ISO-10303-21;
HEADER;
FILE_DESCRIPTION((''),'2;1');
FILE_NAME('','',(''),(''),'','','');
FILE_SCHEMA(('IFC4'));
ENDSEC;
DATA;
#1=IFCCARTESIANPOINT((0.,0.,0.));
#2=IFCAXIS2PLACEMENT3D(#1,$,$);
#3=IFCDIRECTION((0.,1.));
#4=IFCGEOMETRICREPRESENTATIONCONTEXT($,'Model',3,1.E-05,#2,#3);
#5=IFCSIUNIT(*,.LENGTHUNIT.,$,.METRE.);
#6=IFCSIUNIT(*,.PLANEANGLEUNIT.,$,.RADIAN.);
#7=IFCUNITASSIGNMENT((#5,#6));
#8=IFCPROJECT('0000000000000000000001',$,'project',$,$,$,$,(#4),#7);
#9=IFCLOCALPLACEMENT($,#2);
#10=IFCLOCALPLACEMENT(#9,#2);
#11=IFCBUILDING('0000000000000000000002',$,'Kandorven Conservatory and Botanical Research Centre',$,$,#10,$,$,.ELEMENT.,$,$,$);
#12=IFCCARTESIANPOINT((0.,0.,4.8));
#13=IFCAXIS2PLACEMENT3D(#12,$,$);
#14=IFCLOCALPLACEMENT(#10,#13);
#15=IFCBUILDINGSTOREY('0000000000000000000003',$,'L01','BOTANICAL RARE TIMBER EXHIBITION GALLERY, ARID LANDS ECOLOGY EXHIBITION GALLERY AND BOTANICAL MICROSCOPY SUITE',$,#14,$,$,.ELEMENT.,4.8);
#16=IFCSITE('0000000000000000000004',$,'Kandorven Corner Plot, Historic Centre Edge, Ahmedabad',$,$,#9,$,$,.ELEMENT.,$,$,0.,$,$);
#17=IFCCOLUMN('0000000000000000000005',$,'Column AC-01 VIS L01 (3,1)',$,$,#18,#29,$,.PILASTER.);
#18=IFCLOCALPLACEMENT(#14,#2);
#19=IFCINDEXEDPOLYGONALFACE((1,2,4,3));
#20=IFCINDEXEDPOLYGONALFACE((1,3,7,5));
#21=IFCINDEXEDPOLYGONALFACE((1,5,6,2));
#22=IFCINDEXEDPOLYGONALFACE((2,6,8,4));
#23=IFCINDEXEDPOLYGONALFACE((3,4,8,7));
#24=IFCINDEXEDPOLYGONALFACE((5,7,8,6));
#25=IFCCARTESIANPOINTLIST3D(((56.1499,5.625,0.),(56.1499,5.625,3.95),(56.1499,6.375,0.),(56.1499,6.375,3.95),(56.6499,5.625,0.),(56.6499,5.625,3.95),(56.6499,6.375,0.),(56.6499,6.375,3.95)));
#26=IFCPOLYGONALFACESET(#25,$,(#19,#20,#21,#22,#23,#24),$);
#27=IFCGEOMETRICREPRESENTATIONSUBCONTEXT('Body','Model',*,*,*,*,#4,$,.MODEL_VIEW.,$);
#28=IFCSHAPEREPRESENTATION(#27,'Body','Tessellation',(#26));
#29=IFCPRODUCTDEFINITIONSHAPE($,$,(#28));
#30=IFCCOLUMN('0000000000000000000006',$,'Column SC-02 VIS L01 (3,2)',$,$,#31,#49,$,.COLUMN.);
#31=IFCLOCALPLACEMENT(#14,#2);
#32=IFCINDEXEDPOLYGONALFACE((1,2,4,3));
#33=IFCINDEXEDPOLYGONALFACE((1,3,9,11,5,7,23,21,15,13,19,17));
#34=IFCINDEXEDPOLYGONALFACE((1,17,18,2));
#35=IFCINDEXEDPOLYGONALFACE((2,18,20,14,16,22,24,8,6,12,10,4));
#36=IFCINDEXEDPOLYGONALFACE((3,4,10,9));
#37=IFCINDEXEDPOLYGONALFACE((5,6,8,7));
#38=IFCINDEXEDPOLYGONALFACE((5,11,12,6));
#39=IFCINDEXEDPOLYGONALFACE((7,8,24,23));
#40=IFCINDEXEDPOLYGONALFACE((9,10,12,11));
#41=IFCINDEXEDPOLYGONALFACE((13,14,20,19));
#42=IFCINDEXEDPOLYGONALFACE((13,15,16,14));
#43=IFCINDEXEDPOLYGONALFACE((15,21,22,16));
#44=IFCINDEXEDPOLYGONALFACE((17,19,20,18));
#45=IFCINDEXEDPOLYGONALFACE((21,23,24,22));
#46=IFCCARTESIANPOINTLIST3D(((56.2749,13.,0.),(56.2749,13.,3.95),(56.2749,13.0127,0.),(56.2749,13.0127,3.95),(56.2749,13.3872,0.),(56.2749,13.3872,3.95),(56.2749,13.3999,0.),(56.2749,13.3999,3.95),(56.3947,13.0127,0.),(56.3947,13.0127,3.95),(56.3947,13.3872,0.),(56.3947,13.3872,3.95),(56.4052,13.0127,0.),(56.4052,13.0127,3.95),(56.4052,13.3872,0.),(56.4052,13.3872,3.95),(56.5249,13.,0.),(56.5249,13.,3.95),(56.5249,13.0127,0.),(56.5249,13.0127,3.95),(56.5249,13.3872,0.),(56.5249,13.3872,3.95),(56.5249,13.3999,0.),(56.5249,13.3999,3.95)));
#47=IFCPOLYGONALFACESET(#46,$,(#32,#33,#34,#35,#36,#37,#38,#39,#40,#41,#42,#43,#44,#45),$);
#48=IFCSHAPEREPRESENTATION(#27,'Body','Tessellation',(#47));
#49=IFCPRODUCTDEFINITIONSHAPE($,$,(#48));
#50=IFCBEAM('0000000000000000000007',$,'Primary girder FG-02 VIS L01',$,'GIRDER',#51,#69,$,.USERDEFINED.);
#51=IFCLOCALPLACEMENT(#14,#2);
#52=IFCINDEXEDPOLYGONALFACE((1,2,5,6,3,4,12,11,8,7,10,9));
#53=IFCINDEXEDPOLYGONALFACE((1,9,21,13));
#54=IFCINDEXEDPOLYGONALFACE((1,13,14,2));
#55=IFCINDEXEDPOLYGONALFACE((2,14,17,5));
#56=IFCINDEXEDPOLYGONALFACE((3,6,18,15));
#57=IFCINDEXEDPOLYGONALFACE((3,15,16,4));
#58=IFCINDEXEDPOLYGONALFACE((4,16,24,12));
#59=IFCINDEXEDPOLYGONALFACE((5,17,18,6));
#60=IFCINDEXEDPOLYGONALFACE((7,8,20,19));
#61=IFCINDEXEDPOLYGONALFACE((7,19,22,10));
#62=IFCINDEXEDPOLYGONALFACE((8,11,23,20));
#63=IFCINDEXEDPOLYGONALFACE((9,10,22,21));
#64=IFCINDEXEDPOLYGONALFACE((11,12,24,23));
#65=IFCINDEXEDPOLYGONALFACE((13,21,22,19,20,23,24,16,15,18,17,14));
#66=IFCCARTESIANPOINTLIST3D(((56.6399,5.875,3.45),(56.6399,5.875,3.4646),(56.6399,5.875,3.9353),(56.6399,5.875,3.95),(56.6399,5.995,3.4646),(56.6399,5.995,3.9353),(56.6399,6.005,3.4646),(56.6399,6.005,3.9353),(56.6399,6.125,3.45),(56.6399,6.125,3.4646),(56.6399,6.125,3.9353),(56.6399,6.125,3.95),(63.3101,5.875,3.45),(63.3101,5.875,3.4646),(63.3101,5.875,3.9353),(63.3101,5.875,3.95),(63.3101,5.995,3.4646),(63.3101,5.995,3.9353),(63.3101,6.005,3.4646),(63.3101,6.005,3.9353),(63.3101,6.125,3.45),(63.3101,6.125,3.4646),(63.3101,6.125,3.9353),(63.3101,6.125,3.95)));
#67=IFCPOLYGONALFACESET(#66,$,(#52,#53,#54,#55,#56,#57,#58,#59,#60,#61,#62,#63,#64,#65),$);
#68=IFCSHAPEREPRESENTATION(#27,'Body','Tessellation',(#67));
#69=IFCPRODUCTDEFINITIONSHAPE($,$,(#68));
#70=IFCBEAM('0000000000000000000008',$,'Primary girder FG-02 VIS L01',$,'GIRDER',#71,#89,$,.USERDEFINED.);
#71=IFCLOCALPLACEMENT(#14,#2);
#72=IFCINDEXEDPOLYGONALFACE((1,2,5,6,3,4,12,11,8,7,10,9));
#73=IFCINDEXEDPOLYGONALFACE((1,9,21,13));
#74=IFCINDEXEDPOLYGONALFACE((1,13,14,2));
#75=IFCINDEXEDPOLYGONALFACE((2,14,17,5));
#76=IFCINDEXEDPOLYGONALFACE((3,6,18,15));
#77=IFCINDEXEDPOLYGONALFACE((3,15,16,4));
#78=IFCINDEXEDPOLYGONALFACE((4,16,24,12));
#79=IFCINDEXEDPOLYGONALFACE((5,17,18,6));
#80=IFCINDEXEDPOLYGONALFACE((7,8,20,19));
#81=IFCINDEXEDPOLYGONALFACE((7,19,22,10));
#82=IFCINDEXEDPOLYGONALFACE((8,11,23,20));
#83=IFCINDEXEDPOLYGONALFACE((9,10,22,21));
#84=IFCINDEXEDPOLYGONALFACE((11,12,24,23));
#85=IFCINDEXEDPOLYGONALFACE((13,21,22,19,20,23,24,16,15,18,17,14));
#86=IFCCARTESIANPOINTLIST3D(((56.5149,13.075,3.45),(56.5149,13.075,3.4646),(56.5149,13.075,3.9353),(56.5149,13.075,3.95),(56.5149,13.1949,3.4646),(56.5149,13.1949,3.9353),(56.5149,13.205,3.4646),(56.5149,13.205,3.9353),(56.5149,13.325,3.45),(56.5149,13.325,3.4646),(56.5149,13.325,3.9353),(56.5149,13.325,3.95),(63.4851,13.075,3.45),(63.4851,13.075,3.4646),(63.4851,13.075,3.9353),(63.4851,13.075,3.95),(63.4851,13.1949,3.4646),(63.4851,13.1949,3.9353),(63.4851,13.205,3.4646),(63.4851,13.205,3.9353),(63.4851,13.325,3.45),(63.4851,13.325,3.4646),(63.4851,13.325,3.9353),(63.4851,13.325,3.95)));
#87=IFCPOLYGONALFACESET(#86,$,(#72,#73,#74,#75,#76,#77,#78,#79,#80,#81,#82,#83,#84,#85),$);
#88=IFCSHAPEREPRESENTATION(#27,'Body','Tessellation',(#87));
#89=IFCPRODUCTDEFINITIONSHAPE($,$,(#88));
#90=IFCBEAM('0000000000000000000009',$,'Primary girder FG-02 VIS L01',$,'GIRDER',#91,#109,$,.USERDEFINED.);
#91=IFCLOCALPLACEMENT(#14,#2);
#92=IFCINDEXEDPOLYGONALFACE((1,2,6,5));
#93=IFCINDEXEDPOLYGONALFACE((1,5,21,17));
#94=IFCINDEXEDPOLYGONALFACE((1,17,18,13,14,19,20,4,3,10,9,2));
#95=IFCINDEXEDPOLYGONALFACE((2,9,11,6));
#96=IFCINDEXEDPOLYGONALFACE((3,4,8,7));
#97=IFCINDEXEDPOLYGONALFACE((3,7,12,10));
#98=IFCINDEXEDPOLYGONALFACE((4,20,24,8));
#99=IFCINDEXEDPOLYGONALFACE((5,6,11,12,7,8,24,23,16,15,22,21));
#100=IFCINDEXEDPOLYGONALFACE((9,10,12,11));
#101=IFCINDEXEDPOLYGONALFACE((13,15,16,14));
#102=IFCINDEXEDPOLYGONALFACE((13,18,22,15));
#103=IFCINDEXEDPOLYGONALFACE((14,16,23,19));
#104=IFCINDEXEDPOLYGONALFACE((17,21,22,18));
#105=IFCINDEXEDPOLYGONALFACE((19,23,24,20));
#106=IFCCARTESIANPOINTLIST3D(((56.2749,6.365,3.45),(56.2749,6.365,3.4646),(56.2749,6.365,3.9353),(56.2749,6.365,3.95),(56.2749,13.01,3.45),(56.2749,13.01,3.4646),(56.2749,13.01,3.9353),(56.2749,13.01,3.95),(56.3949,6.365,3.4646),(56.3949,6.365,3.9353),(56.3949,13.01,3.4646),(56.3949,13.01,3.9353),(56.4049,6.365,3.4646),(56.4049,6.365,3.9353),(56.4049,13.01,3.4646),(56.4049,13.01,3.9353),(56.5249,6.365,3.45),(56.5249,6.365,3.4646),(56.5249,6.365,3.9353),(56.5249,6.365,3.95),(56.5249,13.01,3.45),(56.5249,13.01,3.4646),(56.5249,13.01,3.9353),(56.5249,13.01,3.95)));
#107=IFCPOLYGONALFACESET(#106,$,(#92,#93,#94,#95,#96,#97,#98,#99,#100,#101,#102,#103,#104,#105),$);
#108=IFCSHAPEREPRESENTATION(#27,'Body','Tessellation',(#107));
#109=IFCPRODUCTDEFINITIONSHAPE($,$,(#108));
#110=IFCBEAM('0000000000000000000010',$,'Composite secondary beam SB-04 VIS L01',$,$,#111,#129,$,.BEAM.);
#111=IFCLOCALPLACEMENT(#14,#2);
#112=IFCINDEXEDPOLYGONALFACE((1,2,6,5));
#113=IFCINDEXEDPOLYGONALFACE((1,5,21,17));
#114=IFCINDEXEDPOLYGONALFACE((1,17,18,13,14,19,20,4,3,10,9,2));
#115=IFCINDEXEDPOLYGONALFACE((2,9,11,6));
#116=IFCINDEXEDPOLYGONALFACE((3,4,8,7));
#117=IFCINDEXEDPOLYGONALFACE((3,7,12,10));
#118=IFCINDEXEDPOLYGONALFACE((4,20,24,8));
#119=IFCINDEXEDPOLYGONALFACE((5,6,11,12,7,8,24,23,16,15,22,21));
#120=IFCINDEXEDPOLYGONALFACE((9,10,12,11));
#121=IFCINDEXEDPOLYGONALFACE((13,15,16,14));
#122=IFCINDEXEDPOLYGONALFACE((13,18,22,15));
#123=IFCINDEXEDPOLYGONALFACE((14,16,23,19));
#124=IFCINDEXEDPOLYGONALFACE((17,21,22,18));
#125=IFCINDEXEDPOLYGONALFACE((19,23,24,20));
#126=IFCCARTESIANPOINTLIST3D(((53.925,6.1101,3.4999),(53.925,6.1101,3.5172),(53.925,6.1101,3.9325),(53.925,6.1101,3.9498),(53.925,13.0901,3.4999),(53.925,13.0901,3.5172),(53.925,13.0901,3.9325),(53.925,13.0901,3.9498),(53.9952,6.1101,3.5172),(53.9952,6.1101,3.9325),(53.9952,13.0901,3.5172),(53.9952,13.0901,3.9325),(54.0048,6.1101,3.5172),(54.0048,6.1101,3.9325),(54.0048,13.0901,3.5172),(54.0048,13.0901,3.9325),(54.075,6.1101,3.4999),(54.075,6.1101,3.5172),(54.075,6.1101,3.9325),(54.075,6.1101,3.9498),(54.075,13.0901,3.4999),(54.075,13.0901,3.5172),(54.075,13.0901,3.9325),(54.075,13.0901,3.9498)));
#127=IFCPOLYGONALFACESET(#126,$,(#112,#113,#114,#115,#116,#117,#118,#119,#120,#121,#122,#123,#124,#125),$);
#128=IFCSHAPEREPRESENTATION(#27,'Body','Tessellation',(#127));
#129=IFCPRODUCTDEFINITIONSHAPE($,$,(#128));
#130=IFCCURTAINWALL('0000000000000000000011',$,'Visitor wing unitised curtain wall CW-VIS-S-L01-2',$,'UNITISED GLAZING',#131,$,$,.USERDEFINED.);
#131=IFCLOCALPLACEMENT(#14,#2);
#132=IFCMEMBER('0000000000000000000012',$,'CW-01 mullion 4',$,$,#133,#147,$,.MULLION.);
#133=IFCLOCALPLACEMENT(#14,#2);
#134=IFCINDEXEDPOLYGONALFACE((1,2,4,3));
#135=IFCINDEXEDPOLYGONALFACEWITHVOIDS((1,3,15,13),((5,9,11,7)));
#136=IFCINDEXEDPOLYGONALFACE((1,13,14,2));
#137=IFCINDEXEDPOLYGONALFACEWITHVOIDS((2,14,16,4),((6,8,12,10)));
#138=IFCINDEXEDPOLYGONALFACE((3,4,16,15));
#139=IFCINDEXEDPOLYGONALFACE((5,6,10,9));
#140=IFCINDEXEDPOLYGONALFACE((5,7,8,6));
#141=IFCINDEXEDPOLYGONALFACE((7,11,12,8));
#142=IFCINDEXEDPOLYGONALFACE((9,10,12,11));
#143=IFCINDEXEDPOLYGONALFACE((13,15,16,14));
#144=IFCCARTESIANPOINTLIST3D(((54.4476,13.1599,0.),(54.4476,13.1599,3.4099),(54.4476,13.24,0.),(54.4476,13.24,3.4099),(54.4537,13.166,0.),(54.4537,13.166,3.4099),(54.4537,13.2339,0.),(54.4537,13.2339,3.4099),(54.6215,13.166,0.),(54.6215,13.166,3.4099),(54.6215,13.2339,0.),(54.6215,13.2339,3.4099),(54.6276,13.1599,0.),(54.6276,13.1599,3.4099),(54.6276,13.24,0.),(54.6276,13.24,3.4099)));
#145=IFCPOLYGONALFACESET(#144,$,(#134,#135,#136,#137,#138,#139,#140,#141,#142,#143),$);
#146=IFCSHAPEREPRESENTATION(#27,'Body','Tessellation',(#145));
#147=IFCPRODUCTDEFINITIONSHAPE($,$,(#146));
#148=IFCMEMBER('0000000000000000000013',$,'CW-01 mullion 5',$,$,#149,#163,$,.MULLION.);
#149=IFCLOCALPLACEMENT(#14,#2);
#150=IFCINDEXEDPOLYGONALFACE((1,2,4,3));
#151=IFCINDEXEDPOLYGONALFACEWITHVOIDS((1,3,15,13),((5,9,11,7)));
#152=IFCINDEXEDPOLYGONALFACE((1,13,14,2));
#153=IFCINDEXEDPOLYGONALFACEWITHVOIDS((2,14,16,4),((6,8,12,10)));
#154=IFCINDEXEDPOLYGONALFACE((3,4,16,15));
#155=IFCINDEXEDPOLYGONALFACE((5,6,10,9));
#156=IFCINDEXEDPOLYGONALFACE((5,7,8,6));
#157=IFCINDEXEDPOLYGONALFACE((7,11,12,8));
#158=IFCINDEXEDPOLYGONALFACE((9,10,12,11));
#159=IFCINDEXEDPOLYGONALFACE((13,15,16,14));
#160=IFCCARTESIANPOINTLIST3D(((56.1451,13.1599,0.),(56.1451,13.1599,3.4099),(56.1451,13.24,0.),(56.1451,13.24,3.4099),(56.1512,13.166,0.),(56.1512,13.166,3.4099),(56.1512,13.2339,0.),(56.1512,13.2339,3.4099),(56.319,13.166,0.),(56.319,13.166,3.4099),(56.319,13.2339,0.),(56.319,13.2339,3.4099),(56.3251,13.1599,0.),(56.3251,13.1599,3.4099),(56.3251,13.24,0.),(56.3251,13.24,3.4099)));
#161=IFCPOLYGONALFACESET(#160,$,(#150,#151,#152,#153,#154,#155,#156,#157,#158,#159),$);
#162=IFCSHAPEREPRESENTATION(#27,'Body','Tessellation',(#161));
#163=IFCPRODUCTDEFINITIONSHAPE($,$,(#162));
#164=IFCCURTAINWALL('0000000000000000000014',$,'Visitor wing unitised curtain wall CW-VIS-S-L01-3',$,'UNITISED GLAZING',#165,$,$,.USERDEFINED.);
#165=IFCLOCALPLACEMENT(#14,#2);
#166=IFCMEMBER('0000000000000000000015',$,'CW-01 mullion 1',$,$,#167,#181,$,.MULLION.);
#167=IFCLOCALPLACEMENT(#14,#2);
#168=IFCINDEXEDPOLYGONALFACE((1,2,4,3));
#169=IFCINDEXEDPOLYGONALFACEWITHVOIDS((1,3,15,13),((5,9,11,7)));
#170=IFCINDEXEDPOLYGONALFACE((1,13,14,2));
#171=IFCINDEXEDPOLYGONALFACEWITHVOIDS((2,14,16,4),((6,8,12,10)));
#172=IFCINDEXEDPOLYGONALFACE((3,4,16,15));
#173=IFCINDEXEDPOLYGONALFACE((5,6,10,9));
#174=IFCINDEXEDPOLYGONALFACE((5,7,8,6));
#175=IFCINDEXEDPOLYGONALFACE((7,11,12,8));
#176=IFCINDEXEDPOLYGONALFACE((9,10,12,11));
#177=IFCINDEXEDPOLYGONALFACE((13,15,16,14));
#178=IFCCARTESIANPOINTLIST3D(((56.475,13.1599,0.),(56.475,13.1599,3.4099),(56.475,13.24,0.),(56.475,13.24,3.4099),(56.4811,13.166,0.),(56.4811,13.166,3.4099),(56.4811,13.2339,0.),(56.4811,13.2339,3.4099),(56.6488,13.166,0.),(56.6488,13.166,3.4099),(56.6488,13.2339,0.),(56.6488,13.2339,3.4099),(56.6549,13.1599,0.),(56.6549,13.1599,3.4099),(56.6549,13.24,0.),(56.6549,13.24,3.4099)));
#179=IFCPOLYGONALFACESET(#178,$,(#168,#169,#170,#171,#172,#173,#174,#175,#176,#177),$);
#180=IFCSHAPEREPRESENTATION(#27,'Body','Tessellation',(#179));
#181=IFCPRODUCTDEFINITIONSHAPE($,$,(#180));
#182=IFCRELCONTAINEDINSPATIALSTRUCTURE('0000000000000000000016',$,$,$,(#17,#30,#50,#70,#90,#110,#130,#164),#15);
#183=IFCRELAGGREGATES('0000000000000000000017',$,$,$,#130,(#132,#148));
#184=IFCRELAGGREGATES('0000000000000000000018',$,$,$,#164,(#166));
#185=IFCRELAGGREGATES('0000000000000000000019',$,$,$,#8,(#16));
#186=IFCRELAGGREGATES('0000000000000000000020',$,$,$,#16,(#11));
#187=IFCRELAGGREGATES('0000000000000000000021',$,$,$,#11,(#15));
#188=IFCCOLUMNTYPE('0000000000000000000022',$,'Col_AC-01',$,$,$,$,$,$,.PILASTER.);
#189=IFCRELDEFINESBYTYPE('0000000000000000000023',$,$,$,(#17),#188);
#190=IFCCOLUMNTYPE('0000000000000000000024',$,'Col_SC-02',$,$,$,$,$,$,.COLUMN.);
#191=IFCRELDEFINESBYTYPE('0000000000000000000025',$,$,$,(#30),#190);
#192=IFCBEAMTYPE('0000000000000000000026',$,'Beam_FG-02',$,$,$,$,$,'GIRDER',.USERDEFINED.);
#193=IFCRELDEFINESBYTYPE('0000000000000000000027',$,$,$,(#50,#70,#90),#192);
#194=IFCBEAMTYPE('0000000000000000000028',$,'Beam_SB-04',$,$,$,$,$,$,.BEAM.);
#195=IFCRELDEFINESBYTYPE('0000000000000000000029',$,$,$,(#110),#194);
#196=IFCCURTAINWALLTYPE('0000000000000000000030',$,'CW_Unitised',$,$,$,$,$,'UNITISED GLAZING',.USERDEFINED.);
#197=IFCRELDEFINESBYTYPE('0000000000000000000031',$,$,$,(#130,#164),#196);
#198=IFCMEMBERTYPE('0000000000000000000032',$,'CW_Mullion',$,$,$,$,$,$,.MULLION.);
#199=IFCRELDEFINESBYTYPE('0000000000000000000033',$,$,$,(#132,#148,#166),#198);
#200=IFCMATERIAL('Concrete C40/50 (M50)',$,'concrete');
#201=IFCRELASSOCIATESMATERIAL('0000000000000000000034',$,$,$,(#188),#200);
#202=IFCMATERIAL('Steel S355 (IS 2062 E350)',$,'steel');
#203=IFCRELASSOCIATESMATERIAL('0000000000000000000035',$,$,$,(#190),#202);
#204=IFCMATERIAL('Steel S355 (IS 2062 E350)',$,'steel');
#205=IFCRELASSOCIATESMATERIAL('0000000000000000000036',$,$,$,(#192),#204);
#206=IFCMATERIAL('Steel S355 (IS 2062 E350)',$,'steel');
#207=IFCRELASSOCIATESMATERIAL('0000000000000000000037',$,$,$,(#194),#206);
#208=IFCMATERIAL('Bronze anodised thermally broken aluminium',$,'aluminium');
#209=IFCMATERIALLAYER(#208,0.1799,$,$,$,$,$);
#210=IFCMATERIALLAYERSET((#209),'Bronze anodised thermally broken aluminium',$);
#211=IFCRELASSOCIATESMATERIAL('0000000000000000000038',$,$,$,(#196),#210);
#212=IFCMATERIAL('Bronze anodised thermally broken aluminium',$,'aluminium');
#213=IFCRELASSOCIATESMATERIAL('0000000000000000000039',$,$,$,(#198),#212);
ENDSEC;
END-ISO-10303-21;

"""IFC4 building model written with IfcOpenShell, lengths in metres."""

from ifc_helpers import new_model, si_unit, direction, frame, origin, origin_2d, place, context, subcontext, project, spatial, rectangle, hollow_rectangle, i_section, extrude, material, layer, layer_set, material_profile, profile_set, type_object, element, aggregate, save


model = new_model("IFC4")

# Units and contexts
model_context = context("Model", 3, precision=1e-05, world=origin(), true_north=direction((0.0, 1.0)))
body_context = subcontext(model_context, "Body", "Model", "MODEL_VIEW")
ifc_project = project(units=[si_unit("LENGTHUNIT", "METRE"), si_unit("PLANEANGLEUNIT", "RADIAN")], contexts=[model_context])

# Site, building, storey
site_placement = place(None, origin())
site = spatial("IfcSite", under=ifc_project, at=site_placement, Name="Kandorven Corner Plot, Historic Centre Edge, Ahmedabad", CompositionType="ELEMENT", RefElevation=0.0)
building_placement = place(site_placement, origin())
building = spatial("IfcBuilding", under=site, at=building_placement, Name="Kandorven Conservatory and Botanical Research Centre", CompositionType="ELEMENT")
storey_placement = place(building_placement, frame((0.0, 0.0, 4.8)))
storey = spatial("IfcBuildingStorey", under=building, at=storey_placement, Name="L01", Description="BOTANICAL RARE TIMBER EXHIBITION GALLERY, ARID LANDS ECOLOGY EXHIBITION GALLERY AND BOTANICAL MICROSCOPY SUITE", CompositionType="ELEMENT", Elevation=4.8)

# Columns
ifc_material_1 = material(Name="Concrete C40/50 (M50)", Category="concrete")
ifc_material_profile_1 = material_profile(ifc_material_1, rectangle(XDim=0.5, YDim=0.75, at=origin_2d()))
ifc_profile_set_1 = profile_set([ifc_material_profile_1], Name="Concrete C40/50 (M50)")
column_type_1 = type_object("IfcColumnType", Name="Col_AC-01", PredefinedType="PILASTER", material=ifc_profile_set_1)
column_1_placement = place(storey_placement, frame((56.3999, 6.0, 0.0), z_axis=(0.0, 0.0, 1.0), x_axis=(1.0, 0.0, 0.0)))
element("IfcColumn", 1, at=column_1_placement, inside=storey, type_object=column_type_1, Name="Column AC-01 VIS L01 (3,1)", PredefinedType="PILASTER", context=body_context, shape_type="SweptSolid", body=[
    extrude(rectangle(XDim=0.5, YDim=0.75, at=origin_2d()), origin(), (0.0, 0.0, 1.0), 3.95),
])
ifc_material_2 = material(Name="Steel S355 (IS 2062 E350)", Category="steel")
ifc_material_profile_2 = material_profile(ifc_material_2, i_section(OverallWidth=0.25, OverallDepth=0.3999, WebThickness=0.0105, FlangeThickness=0.0127, at=origin_2d()))
ifc_profile_set_2 = profile_set([ifc_material_profile_2], Name="Steel S355 (IS 2062 E350)")
column_type_2 = type_object("IfcColumnType", Name="Col_SC-02", PredefinedType="COLUMN", material=ifc_profile_set_2)
column_2_placement = place(storey_placement, frame((56.3999, 13.2, 0.0), z_axis=(0.0, 0.0, 1.0), x_axis=(1.0, 0.0, 0.0)))
element("IfcColumn", 2, at=column_2_placement, inside=storey, type_object=column_type_2, Name="Column SC-02 VIS L01 (3,2)", PredefinedType="COLUMN", context=body_context, shape_type="SweptSolid", body=[
    extrude(i_section(OverallWidth=0.25, OverallDepth=0.3999, WebThickness=0.0105, FlangeThickness=0.0127, at=origin_2d()), origin(), (0.0, 0.0, 1.0), 3.95),
])

# Beams
ifc_material_3 = material(Name="Steel S355 (IS 2062 E350)", Category="steel")
ifc_material_profile_3 = material_profile(ifc_material_3, i_section(OverallWidth=0.25, OverallDepth=0.5, WebThickness=0.01, FlangeThickness=0.0146, at=origin_2d()))
ifc_profile_set_3 = profile_set([ifc_material_profile_3], Name="Steel S355 (IS 2062 E350)")
beam_type_1 = type_object("IfcBeamType", Name="Beam_FG-02", ElementType="GIRDER", PredefinedType="USERDEFINED", material=ifc_profile_set_3)
beam_1_placement = place(storey_placement, frame((56.6399, 6.0, 3.7), z_axis=(1.0, 0.0, 0.0), x_axis=(0.0, 1.0, 0.0)))
element("IfcBeam", 3, at=beam_1_placement, inside=storey, type_object=beam_type_1, Name="Primary girder FG-02 VIS L01", ObjectType="GIRDER", PredefinedType="USERDEFINED", context=body_context, shape_type="SweptSolid", body=[
    extrude(i_section(OverallWidth=0.25, OverallDepth=0.5, WebThickness=0.01, FlangeThickness=0.0146, at=origin_2d()), origin(), (0.0, 0.0, 1.0), 6.6702),
])
beam_2_placement = place(storey_placement, frame((56.5149, 13.2, 3.7), z_axis=(1.0, 0.0, 0.0), x_axis=(0.0, 1.0, 0.0)))
element("IfcBeam", 4, at=beam_2_placement, inside=storey, type_object=beam_type_1, Name="Primary girder FG-02 VIS L01", ObjectType="GIRDER", PredefinedType="USERDEFINED", context=body_context, shape_type="SweptSolid", body=[
    extrude(i_section(OverallWidth=0.25, OverallDepth=0.5, WebThickness=0.01, FlangeThickness=0.0146, at=origin_2d()), origin(), (0.0, 0.0, 1.0), 6.9702),
])
beam_3_placement = place(storey_placement, frame((56.3999, 6.365, 3.7), z_axis=(0.0, 1.0, 0.0), x_axis=(-1.0, 0.0, 0.0)))
element("IfcBeam", 5, at=beam_3_placement, inside=storey, type_object=beam_type_1, Name="Primary girder FG-02 VIS L01", ObjectType="GIRDER", PredefinedType="USERDEFINED", context=body_context, shape_type="SweptSolid", body=[
    extrude(i_section(OverallWidth=0.25, OverallDepth=0.5, WebThickness=0.01, FlangeThickness=0.0146, at=origin_2d()), origin(), (0.0, 0.0, 1.0), 6.645),
])
ifc_material_4 = material(Name="Steel S355 (IS 2062 E350)", Category="steel")
ifc_material_profile_4 = material_profile(ifc_material_4, i_section(OverallWidth=0.1499, OverallDepth=0.45, WebThickness=0.0095, FlangeThickness=0.0173, at=origin_2d()))
ifc_profile_set_4 = profile_set([ifc_material_profile_4], Name="Steel S355 (IS 2062 E350)")
beam_type_2 = type_object("IfcBeamType", Name="Beam_SB-04", PredefinedType="BEAM", material=ifc_profile_set_4)
beam_4_placement = place(storey_placement, frame((54.0, 6.1101, 3.7249), z_axis=(0.0, 1.0, 0.0), x_axis=(-1.0, 0.0, 0.0)))
element("IfcBeam", 6, at=beam_4_placement, inside=storey, type_object=beam_type_2, Name="Composite secondary beam SB-04 VIS L01", PredefinedType="BEAM", context=body_context, shape_type="SweptSolid", body=[
    extrude(i_section(OverallWidth=0.1499, OverallDepth=0.45, WebThickness=0.0095, FlangeThickness=0.0173, at=origin_2d()), origin(), (0.0, 0.0, 1.0), 6.98),
])

# Curtain wall, members
ifc_material_5 = material(Name="Bronze anodised thermally broken aluminium", Category="aluminium")
ifc_layer_1 = layer(ifc_material_5, 0.1799)
ifc_layer_set_1 = layer_set([ifc_layer_1], Name="Bronze anodised thermally broken aluminium")
curtain_wall_type = type_object("IfcCurtainWallType", Name="CW_Unitised", ElementType="UNITISED GLAZING", PredefinedType="USERDEFINED", material=ifc_layer_set_1)
curtain_wall_1_placement = place(storey_placement, origin())
curtain_wall_1 = element("IfcCurtainWall", 7, at=curtain_wall_1_placement, inside=storey, type_object=curtain_wall_type, Name="Visitor wing unitised curtain wall CW-VIS-S-L01-2", ObjectType="UNITISED GLAZING", PredefinedType="USERDEFINED")
ifc_material_6 = material(Name="Bronze anodised thermally broken aluminium", Category="aluminium")
ifc_material_profile_5 = material_profile(ifc_material_6, hollow_rectangle(XDim=0.0801, YDim=0.1799, WallThickness=0.0061, at=origin_2d()))
ifc_profile_set_5 = profile_set([ifc_material_profile_5], Name="Bronze anodised thermally broken aluminium")
member_type_1 = type_object("IfcMemberType", Name="CW_Mullion", PredefinedType="MULLION", material=ifc_profile_set_5)
member_1_placement = place(storey_placement, frame((54.5376, 13.2, 0.0), z_axis=(0.0, 0.0, 1.0), x_axis=(0.0, 1.0, 0.0)))
member_1 = element("IfcMember", 8, at=member_1_placement, type_object=member_type_1, Name="CW-01 mullion 4", PredefinedType="MULLION", context=body_context, shape_type="SweptSolid", body=[
    extrude(hollow_rectangle(XDim=0.0801, YDim=0.1799, WallThickness=0.0061, at=origin_2d()), origin(), (0.0, 0.0, 1.0), 3.4099),
])
member_2_placement = place(storey_placement, frame((56.2351, 13.2, 0.0), z_axis=(0.0, 0.0, 1.0), x_axis=(0.0, 1.0, 0.0)))
member_2 = element("IfcMember", 9, at=member_2_placement, type_object=member_type_1, Name="CW-01 mullion 5", PredefinedType="MULLION", context=body_context, shape_type="SweptSolid", body=[
    extrude(hollow_rectangle(XDim=0.0801, YDim=0.1799, WallThickness=0.0061, at=origin_2d()), origin(), (0.0, 0.0, 1.0), 3.4099),
])

# Curtain wall, member
curtain_wall_2_placement = place(storey_placement, origin())
curtain_wall_2 = element("IfcCurtainWall", 10, at=curtain_wall_2_placement, inside=storey, type_object=curtain_wall_type, Name="Visitor wing unitised curtain wall CW-VIS-S-L01-3", ObjectType="UNITISED GLAZING", PredefinedType="USERDEFINED")
member_3_placement = place(storey_placement, frame((56.5649, 13.2, 0.0), z_axis=(0.0, 0.0, 1.0), x_axis=(0.0, 1.0, 0.0)))
member_3 = element("IfcMember", 11, at=member_3_placement, type_object=member_type_1, Name="CW-01 mullion 1", PredefinedType="MULLION", context=body_context, shape_type="SweptSolid", body=[
    extrude(hollow_rectangle(XDim=0.0801, YDim=0.1799, WallThickness=0.0061, at=origin_2d()), origin(), (0.0, 0.0, 1.0), 3.4099),
])

aggregate(curtain_wall_1, [member_1, member_2])
aggregate(curtain_wall_2, [member_3])

save(model, "model.ifc")
